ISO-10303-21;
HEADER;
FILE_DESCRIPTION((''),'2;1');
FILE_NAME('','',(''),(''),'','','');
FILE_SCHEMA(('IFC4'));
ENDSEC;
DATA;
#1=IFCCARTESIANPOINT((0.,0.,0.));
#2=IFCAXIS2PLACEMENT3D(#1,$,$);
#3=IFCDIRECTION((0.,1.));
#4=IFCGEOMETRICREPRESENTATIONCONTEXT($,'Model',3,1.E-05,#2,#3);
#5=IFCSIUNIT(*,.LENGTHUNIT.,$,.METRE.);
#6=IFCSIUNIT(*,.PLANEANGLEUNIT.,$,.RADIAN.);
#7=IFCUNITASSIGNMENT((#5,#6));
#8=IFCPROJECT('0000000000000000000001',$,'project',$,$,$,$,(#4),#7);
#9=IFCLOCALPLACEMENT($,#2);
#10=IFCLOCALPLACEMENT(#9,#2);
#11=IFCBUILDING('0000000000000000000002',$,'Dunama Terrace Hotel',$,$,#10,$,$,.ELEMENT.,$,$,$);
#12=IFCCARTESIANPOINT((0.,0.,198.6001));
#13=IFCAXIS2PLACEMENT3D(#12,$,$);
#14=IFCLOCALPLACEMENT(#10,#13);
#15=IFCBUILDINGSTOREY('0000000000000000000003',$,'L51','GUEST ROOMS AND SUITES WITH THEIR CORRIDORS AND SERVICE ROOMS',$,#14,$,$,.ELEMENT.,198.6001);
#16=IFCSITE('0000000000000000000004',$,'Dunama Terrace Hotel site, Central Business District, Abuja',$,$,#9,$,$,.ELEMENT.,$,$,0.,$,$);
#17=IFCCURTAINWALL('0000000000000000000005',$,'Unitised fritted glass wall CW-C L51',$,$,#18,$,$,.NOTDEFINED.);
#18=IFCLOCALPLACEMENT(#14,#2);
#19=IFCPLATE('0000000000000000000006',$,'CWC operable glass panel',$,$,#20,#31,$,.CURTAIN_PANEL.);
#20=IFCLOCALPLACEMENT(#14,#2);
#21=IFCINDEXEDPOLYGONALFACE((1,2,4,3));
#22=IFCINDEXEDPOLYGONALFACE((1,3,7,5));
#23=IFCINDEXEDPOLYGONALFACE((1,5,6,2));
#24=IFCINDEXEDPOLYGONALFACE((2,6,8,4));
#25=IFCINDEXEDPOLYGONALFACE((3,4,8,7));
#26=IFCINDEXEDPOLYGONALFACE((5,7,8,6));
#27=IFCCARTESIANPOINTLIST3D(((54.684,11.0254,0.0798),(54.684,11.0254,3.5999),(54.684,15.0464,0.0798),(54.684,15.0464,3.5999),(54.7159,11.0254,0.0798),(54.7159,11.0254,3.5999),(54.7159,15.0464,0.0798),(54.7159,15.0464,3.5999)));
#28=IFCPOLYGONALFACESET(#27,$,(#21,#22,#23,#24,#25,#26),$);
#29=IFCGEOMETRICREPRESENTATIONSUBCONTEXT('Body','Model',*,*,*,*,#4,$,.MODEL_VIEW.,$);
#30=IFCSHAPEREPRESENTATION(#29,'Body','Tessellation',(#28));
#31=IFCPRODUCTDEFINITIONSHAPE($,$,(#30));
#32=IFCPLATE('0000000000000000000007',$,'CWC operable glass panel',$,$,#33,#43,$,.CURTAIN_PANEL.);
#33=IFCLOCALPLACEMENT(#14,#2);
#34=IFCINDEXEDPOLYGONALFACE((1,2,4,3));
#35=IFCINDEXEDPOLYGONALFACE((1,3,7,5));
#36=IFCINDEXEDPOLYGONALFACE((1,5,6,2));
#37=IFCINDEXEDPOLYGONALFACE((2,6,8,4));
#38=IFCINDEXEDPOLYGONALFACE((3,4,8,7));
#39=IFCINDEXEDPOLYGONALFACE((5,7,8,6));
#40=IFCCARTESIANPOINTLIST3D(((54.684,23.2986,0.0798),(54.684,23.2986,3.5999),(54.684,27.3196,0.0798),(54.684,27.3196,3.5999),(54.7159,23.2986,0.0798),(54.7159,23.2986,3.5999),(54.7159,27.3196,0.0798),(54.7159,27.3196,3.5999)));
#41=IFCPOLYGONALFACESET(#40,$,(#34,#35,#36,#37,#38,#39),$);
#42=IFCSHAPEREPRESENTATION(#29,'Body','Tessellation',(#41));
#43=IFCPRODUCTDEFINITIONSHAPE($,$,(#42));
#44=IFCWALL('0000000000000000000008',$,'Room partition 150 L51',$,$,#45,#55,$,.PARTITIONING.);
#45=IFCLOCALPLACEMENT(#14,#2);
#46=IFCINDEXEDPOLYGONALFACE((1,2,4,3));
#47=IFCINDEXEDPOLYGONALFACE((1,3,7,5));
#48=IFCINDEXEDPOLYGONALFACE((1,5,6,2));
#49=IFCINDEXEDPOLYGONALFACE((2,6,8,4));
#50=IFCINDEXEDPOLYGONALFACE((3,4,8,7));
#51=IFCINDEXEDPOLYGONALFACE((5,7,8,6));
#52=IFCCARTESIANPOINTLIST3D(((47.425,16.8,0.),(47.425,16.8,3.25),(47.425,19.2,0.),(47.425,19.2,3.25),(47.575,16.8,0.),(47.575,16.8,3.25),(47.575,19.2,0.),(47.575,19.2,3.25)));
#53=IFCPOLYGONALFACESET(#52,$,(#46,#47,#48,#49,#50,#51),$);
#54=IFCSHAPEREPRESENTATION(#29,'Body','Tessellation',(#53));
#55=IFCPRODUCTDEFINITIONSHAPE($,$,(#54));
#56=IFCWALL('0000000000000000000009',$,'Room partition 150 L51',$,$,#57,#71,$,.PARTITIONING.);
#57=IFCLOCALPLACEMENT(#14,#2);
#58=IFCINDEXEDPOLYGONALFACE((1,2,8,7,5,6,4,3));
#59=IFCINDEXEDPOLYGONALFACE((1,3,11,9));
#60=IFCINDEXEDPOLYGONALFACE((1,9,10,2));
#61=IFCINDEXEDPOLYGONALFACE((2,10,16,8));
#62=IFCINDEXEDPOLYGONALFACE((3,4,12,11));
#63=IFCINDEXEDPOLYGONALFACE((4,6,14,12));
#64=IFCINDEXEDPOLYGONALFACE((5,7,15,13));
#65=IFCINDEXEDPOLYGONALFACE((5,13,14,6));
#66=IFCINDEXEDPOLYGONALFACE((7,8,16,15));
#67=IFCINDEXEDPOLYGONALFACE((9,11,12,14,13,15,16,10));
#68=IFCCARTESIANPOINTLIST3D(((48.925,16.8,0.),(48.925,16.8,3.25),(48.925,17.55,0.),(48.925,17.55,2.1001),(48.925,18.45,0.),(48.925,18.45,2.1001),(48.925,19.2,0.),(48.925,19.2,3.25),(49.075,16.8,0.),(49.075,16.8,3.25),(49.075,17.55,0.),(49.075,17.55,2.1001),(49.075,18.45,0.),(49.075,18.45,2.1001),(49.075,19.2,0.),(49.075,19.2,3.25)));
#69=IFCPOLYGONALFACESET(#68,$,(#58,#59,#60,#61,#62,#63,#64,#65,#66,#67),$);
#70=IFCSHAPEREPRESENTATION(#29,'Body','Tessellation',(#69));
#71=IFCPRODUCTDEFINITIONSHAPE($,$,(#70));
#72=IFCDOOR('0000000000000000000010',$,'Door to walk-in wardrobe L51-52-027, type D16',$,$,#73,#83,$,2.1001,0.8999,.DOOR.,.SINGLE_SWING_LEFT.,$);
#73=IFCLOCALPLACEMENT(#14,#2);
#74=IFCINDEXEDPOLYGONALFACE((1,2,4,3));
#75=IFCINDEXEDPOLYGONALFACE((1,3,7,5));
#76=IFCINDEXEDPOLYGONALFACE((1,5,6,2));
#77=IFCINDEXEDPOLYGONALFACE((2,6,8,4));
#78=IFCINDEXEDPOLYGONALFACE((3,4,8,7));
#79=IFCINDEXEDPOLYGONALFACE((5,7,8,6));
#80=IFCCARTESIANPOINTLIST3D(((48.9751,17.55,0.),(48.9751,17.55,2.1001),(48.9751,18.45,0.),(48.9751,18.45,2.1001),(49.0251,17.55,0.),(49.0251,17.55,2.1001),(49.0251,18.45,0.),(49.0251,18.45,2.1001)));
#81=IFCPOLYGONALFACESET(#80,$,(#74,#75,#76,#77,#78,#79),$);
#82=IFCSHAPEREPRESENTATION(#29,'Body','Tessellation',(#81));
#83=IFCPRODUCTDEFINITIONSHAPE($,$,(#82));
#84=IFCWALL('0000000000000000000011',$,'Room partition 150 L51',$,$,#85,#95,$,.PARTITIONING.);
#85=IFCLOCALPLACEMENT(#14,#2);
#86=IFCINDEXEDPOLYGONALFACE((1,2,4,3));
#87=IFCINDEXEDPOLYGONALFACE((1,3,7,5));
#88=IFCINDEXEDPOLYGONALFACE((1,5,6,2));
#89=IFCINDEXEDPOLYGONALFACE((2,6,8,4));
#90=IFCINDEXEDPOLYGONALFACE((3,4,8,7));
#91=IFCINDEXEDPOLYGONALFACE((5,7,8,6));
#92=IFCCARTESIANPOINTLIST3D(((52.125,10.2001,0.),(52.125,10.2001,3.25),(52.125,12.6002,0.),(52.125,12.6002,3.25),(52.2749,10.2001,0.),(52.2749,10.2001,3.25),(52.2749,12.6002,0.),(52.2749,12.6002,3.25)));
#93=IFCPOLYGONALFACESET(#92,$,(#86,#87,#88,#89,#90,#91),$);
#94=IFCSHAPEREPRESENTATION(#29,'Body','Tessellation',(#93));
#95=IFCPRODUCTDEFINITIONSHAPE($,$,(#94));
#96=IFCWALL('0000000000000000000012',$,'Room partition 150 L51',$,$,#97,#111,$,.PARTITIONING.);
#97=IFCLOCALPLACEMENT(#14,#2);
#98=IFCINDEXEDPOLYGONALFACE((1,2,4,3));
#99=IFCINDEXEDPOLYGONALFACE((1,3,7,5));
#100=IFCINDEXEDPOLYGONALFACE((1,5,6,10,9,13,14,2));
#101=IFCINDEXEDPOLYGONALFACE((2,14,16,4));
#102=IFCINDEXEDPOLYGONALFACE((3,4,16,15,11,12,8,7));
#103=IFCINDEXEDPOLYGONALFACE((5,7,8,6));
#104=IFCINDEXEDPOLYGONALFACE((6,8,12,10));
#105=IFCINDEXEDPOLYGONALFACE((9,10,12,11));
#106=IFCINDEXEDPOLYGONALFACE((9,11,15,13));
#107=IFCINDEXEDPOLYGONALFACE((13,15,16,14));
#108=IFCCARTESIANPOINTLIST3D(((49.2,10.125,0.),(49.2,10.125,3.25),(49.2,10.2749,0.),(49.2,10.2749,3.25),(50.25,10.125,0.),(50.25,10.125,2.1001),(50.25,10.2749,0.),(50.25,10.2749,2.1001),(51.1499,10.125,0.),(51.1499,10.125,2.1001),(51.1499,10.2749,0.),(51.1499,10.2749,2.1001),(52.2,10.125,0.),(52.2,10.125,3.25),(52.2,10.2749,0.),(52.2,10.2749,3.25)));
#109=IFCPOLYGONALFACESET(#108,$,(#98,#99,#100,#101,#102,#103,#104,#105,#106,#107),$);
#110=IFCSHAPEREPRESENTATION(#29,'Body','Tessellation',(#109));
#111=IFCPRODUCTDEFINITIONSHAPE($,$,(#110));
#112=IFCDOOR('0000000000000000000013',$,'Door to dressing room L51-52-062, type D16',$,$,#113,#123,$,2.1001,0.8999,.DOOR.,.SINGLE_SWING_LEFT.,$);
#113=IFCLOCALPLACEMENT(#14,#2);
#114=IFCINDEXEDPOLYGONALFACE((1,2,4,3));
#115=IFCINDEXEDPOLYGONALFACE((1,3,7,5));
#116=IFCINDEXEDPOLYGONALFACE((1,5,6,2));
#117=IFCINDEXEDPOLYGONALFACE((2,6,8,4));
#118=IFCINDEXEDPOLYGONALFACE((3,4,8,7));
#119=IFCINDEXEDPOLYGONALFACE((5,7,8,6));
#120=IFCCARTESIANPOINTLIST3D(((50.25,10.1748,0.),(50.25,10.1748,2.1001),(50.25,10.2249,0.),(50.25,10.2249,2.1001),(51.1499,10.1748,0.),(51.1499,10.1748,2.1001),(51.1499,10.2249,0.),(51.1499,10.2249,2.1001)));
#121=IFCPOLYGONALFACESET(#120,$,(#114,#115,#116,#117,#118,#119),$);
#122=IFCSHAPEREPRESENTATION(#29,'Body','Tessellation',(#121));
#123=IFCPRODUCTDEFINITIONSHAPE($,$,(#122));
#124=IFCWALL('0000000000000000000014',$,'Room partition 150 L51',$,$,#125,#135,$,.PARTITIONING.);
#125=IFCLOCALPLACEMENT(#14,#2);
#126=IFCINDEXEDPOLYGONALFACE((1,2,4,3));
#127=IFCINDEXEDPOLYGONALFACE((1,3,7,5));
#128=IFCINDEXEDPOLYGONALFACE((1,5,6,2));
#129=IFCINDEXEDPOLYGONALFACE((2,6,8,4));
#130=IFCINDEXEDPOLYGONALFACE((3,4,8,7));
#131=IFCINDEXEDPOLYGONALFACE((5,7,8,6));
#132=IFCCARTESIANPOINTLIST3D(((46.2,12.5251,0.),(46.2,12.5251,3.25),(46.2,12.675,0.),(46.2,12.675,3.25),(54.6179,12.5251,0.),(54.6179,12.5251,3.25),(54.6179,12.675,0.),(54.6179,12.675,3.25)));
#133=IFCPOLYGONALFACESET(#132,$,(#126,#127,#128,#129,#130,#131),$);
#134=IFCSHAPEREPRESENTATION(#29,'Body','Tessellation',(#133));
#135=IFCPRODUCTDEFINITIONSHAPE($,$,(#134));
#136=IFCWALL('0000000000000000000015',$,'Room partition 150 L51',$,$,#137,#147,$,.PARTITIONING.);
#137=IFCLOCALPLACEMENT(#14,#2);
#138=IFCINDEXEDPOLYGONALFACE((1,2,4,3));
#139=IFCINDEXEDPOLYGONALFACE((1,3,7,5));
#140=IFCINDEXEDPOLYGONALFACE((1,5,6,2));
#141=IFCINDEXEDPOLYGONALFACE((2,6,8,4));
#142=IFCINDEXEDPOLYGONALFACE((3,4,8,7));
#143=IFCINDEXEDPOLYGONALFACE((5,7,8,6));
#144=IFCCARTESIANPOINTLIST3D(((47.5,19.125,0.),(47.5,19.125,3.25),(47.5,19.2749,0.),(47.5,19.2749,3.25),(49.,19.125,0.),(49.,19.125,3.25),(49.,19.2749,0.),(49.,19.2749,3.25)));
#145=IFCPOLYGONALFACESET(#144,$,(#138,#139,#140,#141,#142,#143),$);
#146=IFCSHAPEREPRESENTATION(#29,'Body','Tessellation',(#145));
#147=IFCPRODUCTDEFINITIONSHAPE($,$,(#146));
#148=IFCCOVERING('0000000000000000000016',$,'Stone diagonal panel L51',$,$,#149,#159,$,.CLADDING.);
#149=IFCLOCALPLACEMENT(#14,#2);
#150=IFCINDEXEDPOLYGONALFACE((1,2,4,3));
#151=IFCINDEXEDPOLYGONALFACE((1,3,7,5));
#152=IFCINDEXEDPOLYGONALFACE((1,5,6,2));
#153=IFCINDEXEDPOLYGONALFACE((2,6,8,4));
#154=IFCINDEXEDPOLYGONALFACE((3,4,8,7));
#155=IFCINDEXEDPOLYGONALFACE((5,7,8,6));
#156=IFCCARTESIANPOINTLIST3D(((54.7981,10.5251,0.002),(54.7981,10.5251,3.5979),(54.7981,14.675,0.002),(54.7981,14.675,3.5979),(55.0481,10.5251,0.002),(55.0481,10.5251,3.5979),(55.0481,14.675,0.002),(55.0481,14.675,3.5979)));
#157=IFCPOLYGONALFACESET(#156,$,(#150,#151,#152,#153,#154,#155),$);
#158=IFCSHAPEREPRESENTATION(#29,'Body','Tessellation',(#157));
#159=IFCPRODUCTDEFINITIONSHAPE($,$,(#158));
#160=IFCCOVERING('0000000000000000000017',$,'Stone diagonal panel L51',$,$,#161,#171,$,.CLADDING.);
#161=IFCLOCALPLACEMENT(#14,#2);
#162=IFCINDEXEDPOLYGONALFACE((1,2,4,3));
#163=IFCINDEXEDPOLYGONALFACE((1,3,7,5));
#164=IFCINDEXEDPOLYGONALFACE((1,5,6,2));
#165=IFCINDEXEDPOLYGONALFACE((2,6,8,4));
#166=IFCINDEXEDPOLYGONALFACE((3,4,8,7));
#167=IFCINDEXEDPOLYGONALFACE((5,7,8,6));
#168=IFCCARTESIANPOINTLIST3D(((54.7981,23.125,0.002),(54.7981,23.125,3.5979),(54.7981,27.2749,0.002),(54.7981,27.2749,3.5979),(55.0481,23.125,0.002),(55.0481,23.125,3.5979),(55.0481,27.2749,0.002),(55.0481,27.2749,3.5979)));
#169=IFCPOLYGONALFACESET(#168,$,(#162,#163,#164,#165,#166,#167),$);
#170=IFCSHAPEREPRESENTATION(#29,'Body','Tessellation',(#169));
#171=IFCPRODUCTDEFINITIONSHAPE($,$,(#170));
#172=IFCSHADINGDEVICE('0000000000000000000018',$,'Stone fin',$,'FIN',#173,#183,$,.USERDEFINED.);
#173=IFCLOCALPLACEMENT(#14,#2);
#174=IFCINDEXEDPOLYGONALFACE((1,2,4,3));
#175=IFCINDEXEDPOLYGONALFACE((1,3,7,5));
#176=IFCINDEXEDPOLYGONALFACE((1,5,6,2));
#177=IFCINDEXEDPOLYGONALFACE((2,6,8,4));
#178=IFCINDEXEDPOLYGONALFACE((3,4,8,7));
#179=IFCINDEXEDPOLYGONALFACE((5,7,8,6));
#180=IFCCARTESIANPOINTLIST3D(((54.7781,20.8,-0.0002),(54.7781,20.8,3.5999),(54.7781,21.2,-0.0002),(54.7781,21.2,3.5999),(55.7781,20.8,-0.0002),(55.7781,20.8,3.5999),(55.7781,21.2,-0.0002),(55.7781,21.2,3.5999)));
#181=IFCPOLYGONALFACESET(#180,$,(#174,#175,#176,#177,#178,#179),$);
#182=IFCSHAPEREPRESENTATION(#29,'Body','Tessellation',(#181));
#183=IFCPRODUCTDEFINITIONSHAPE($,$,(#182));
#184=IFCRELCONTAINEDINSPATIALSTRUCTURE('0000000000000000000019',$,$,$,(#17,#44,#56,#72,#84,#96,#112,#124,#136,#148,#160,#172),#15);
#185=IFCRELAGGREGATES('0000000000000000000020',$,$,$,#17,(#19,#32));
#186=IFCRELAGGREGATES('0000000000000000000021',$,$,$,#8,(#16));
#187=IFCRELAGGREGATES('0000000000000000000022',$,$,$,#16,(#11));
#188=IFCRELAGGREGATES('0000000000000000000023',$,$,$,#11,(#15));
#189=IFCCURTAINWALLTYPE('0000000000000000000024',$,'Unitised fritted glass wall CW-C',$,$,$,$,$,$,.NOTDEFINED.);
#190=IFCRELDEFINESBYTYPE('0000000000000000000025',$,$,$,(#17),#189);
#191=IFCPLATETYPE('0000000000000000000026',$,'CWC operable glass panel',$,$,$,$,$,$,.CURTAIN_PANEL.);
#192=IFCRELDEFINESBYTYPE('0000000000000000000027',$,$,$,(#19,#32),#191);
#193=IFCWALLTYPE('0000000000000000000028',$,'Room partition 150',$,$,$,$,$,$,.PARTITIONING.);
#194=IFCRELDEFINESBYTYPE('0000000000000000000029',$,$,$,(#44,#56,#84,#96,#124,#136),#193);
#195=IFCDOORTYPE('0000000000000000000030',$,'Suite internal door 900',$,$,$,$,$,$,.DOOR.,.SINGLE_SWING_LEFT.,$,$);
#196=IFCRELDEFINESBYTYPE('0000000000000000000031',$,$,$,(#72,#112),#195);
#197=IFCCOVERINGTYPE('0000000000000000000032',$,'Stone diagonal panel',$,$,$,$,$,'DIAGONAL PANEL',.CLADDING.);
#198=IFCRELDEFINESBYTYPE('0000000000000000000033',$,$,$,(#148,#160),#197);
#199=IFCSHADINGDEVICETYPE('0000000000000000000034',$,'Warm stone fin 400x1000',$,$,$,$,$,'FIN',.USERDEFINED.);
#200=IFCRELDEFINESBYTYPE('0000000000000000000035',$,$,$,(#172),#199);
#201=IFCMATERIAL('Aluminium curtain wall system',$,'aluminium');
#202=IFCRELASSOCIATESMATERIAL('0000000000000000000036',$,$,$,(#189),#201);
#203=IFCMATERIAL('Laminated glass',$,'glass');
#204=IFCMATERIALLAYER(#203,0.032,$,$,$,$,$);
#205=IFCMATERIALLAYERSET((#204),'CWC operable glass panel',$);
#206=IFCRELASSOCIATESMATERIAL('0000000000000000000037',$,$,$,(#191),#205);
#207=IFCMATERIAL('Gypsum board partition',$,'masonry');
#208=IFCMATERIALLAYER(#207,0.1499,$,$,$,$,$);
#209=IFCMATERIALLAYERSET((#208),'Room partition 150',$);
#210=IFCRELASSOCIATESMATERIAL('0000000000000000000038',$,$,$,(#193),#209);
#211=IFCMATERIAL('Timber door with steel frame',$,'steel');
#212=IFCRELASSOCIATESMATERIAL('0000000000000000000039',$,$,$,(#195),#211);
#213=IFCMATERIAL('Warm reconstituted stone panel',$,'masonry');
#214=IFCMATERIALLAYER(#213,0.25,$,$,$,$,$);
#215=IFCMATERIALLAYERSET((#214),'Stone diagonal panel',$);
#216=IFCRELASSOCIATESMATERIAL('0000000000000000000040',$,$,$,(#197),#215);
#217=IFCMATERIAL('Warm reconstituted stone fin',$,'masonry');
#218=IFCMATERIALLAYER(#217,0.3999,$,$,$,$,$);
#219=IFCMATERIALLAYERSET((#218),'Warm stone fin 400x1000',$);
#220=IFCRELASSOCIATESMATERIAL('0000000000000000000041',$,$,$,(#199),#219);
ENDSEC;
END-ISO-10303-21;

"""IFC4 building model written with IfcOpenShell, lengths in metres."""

from ifc_helpers import new_model, si_unit, direction, frame, frame_2d, origin, origin_2d, place, context, subcontext, project, spatial, rectangle, extrude, material, layer, layer_set, type_object, element, fill, aggregate, save


model = new_model("IFC4")

# Units and contexts
model_context = context("Model", 3, precision=1e-05, world=origin(), true_north=direction((0.0, 1.0)))
body_context = subcontext(model_context, "Body", "Model", "MODEL_VIEW")
ifc_project = project(units=[si_unit("LENGTHUNIT", "METRE"), si_unit("PLANEANGLEUNIT", "RADIAN")], contexts=[model_context])

# Site, building, storey
site_placement = place(None, origin())
site = spatial("IfcSite", under=ifc_project, at=site_placement, Name="Dunama Terrace Hotel site, Central Business District, Abuja", CompositionType="ELEMENT", RefElevation=0.0)
building_placement = place(site_placement, origin())
building = spatial("IfcBuilding", under=site, at=building_placement, Name="Dunama Terrace Hotel", CompositionType="ELEMENT")
storey_placement = place(building_placement, frame((0.0, 0.0, 198.6001)))
storey = spatial("IfcBuildingStorey", under=building, at=storey_placement, Name="L51", Description="GUEST ROOMS AND SUITES WITH THEIR CORRIDORS AND SERVICE ROOMS", CompositionType="ELEMENT", Elevation=198.6001)

# Curtain wall
ifc_material_1 = material(Name="Aluminium curtain wall system", Category="aluminium")
curtain_wall_type = type_object("IfcCurtainWallType", Name="Unitised fritted glass wall CW-C", PredefinedType="NOTDEFINED", material=ifc_material_1)
curtain_wall_placement = place(storey_placement, origin())
curtain_wall = element("IfcCurtainWall", 1, at=curtain_wall_placement, inside=storey, type_object=curtain_wall_type, Name="Unitised fritted glass wall CW-C L51", PredefinedType="NOTDEFINED")

# Plates
ifc_material_2 = material(Name="Laminated glass", Category="glass")
ifc_layer_1 = layer(ifc_material_2, 0.032)
ifc_layer_set_1 = layer_set([ifc_layer_1], Name="CWC operable glass panel")
plate_type_1 = type_object("IfcPlateType", Name="CWC operable glass panel", PredefinedType="CURTAIN_PANEL", material=ifc_layer_set_1)
plate_1_placement = place(storey_placement, frame((54.7, 13.0359, 0.0798), z_axis=(0.0, 0.0, 1.0), x_axis=(0.0, 1.0, 0.0)))
plate_1 = element("IfcPlate", 2, at=plate_1_placement, type_object=plate_type_1, Name="CWC operable glass panel", PredefinedType="CURTAIN_PANEL", context=body_context, shape_type="SweptSolid", body=[
    extrude(rectangle(XDim=4.021, YDim=0.032, at=origin_2d()), origin(), (0.0, 0.0, 1.0), 3.52),
])
plate_2_placement = place(storey_placement, frame((54.7, 25.3091, 0.0798), z_axis=(0.0, 0.0, 1.0), x_axis=(0.0, 1.0, 0.0)))
plate_2 = element("IfcPlate", 3, at=plate_2_placement, type_object=plate_type_1, Name="CWC operable glass panel", PredefinedType="CURTAIN_PANEL", context=body_context, shape_type="SweptSolid", body=[
    extrude(rectangle(XDim=4.021, YDim=0.032, at=origin_2d()), origin(), (0.0, 0.0, 1.0), 3.52),
])
aggregate(curtain_wall, [plate_1, plate_2])

# Wall
ifc_material_3 = material(Name="Gypsum board partition", Category="masonry")
ifc_layer_2 = layer(ifc_material_3, 0.1499)
ifc_layer_set_2 = layer_set([ifc_layer_2], Name="Room partition 150")
wall_type = type_object("IfcWallType", Name="Room partition 150", PredefinedType="PARTITIONING", material=ifc_layer_set_2)
wall_1_placement = place(storey_placement, frame((47.5, 16.8, 0.0), z_axis=(0.0, 0.0, 1.0), x_axis=(0.0, 1.0, 0.0)))
element("IfcWall", 4, at=wall_1_placement, inside=storey, type_object=wall_type, Name="Room partition 150 L51", PredefinedType="PARTITIONING", context=body_context, shape_type="SweptSolid", body=[
    extrude(rectangle(XDim=2.3999, YDim=0.1499, at=frame_2d((1.2, 0.0))), origin(), (0.0, 0.0, 1.0), 3.25),
])

# Wall, opening, door
wall_2_placement = place(storey_placement, frame((49.0, 16.8, 0.0), z_axis=(0.0, 0.0, 1.0), x_axis=(0.0, 1.0, 0.0)))
wall_2 = element("IfcWall", 5, at=wall_2_placement, inside=storey, type_object=wall_type, Name="Room partition 150 L51", PredefinedType="PARTITIONING", context=body_context, shape_type="SweptSolid", body=[
    extrude(rectangle(XDim=2.3999, YDim=0.1499, at=frame_2d((1.2, 0.0))), origin(), (0.0, 0.0, 1.0), 3.25),
])
opening_1_placement = place(wall_2_placement, frame((0.75, 0.0, 0.0)))
opening_1 = element("IfcOpeningElement", 6, at=opening_1_placement, cuts=wall_2, PredefinedType="OPENING", context=body_context, shape_type="SweptSolid", body=[
    extrude(rectangle(XDim=0.8999, YDim=2.1001, at=frame_2d((0.45, 1.05))), frame((0.0, 0.085, 0.0), z_axis=(0.0, -1.0, 0.0), x_axis=(1.0, 0.0, 0.0)), (0.0, 0.0, 1.0), 0.1699),
])
ifc_material_4 = material(Name="Timber door with steel frame", Category="steel")
door_type = type_object("IfcDoorType", Name="Suite internal door 900", OperationType="SINGLE_SWING_LEFT", PredefinedType="DOOR", material=ifc_material_4)
door_1_placement = place(opening_1_placement, origin())
door_1 = element("IfcDoor", 7, at=door_1_placement, inside=storey, type_object=door_type, Name="Door to walk-in wardrobe L51-52-027, type D16", OperationType="SINGLE_SWING_LEFT", OverallHeight=2.1001, OverallWidth=0.8999, PredefinedType="DOOR", context=body_context, shape_type="SweptSolid", body=[
    extrude(rectangle(XDim=0.8999, YDim=2.1001, at=frame_2d((0.45, 1.05))), frame((0.0, 0.0249, 0.0), z_axis=(0.0, -1.0, 0.0), x_axis=(1.0, 0.0, 0.0)), (0.0, 0.0, 1.0), 0.05),
])
fill(opening_1, door_1)

# Wall
wall_3_placement = place(storey_placement, frame((52.2, 10.2, 0.0), z_axis=(0.0, 0.0, 1.0), x_axis=(0.0, 1.0, 0.0)))
element("IfcWall", 8, at=wall_3_placement, inside=storey, type_object=wall_type, Name="Room partition 150 L51", PredefinedType="PARTITIONING", context=body_context, shape_type="SweptSolid", body=[
    extrude(rectangle(XDim=2.4001, YDim=0.1499, at=frame_2d((1.2002, 0.0))), origin(), (0.0, 0.0, 1.0), 3.25),
])

# Wall, opening, door
wall_4_placement = place(storey_placement, frame((49.2, 10.2, 0.0), z_axis=(0.0, 0.0, 1.0), x_axis=(1.0, 0.0, 0.0)))
wall_4 = element("IfcWall", 9, at=wall_4_placement, inside=storey, type_object=wall_type, Name="Room partition 150 L51", PredefinedType="PARTITIONING", context=body_context, shape_type="SweptSolid", body=[
    extrude(rectangle(XDim=3.0, YDim=0.1499, at=frame_2d((1.5, 0.0))), origin(), (0.0, 0.0, 1.0), 3.25),
])
opening_2_placement = place(wall_4_placement, frame((1.05, 0.0, 0.0)))
opening_2 = element("IfcOpeningElement", 10, at=opening_2_placement, cuts=wall_4, PredefinedType="OPENING", context=body_context, shape_type="SweptSolid", body=[
    extrude(rectangle(XDim=0.8999, YDim=2.1001, at=frame_2d((0.45, 1.05))), frame((0.0, 0.085, 0.0), z_axis=(0.0, -1.0, 0.0), x_axis=(1.0, 0.0, 0.0)), (0.0, 0.0, 1.0), 0.1699),
])
door_2_placement = place(opening_2_placement, origin())
door_2 = element("IfcDoor", 11, at=door_2_placement, inside=storey, type_object=door_type, Name="Door to dressing room L51-52-062, type D16", OperationType="SINGLE_SWING_LEFT", OverallHeight=2.1001, OverallWidth=0.8999, PredefinedType="DOOR", context=body_context, shape_type="SweptSolid", body=[
    extrude(rectangle(XDim=0.8999, YDim=2.1001, at=frame_2d((0.45, 1.05))), frame((0.0, 0.0249, 0.0), z_axis=(0.0, -1.0, 0.0), x_axis=(1.0, 0.0, 0.0)), (0.0, 0.0, 1.0), 0.05),
])
fill(opening_2, door_2)

# Walls
wall_5_placement = place(storey_placement, frame((46.2, 12.6001, 0.0), z_axis=(0.0, 0.0, 1.0), x_axis=(1.0, 0.0, 0.0)))
element("IfcWall", 12, at=wall_5_placement, inside=storey, type_object=wall_type, Name="Room partition 150 L51", PredefinedType="PARTITIONING", context=body_context, shape_type="SweptSolid", body=[
    extrude(rectangle(XDim=8.418, YDim=0.1499, at=frame_2d((4.209, 0.0))), origin(), (0.0, 0.0, 1.0), 3.25),
])
wall_6_placement = place(storey_placement, frame((47.5, 19.2, 0.0), z_axis=(0.0, 0.0, 1.0), x_axis=(1.0, 0.0, 0.0)))
element("IfcWall", 13, at=wall_6_placement, inside=storey, type_object=wall_type, Name="Room partition 150 L51", PredefinedType="PARTITIONING", context=body_context, shape_type="SweptSolid", body=[
    extrude(rectangle(XDim=1.5, YDim=0.1499, at=frame_2d((0.75, 0.0))), origin(), (0.0, 0.0, 1.0), 3.25),
])

# Coverings
ifc_material_5 = material(Name="Warm reconstituted stone panel", Category="masonry")
ifc_layer_3 = layer(ifc_material_5, 0.25)
ifc_layer_set_3 = layer_set([ifc_layer_3], Name="Stone diagonal panel")
covering_type = type_object("IfcCoveringType", Name="Stone diagonal panel", ElementType="DIAGONAL PANEL", PredefinedType="CLADDING", material=ifc_layer_set_3)
for number, where, z_axis, x_axis, name in (
    (14, (54.9231, 12.6001, 0.002), (0.0, 0.0, 1.0), (0.0, 1.0, 0.0), "Stone diagonal panel L51"),
    (15, (54.9231, 25.2, 0.002), (0.0, 0.0, 1.0), (0.0, 1.0, 0.0), "Stone diagonal panel L51"),
):
    element("IfcCovering", number, at=place(storey_placement, frame(where, z_axis=z_axis, x_axis=x_axis)), inside=storey, type_object=covering_type, Name=name, PredefinedType="CLADDING", context=body_context, shape_type="SweptSolid", body=[
        extrude(rectangle(XDim=4.1499, YDim=0.25, at=origin_2d()), origin(), (0.0, 0.0, 1.0), 3.5959),
    ])

# Shading device
ifc_material_6 = material(Name="Warm reconstituted stone fin", Category="masonry")
ifc_layer_4 = layer(ifc_material_6, 0.3999)
ifc_layer_set_4 = layer_set([ifc_layer_4], Name="Warm stone fin 400x1000")
shading_device_type = type_object("IfcShadingDeviceType", Name="Warm stone fin 400x1000", ElementType="FIN", PredefinedType="USERDEFINED", material=ifc_layer_set_4)
shading_device_placement = place(storey_placement, frame((55.2781, 21.0, -0.0002), z_axis=(0.0, 0.0, 1.0), x_axis=(0.0, 1.0, 0.0)))
element("IfcShadingDevice", 16, at=shading_device_placement, inside=storey, type_object=shading_device_type, Name="Stone fin", ObjectType="FIN", PredefinedType="USERDEFINED", context=body_context, shape_type="SweptSolid", body=[
    extrude(rectangle(XDim=0.3999, YDim=1.0, at=origin_2d()), origin(), (0.0, 0.0, 1.0), 3.6001),
])

save(model, "model.ifc")
